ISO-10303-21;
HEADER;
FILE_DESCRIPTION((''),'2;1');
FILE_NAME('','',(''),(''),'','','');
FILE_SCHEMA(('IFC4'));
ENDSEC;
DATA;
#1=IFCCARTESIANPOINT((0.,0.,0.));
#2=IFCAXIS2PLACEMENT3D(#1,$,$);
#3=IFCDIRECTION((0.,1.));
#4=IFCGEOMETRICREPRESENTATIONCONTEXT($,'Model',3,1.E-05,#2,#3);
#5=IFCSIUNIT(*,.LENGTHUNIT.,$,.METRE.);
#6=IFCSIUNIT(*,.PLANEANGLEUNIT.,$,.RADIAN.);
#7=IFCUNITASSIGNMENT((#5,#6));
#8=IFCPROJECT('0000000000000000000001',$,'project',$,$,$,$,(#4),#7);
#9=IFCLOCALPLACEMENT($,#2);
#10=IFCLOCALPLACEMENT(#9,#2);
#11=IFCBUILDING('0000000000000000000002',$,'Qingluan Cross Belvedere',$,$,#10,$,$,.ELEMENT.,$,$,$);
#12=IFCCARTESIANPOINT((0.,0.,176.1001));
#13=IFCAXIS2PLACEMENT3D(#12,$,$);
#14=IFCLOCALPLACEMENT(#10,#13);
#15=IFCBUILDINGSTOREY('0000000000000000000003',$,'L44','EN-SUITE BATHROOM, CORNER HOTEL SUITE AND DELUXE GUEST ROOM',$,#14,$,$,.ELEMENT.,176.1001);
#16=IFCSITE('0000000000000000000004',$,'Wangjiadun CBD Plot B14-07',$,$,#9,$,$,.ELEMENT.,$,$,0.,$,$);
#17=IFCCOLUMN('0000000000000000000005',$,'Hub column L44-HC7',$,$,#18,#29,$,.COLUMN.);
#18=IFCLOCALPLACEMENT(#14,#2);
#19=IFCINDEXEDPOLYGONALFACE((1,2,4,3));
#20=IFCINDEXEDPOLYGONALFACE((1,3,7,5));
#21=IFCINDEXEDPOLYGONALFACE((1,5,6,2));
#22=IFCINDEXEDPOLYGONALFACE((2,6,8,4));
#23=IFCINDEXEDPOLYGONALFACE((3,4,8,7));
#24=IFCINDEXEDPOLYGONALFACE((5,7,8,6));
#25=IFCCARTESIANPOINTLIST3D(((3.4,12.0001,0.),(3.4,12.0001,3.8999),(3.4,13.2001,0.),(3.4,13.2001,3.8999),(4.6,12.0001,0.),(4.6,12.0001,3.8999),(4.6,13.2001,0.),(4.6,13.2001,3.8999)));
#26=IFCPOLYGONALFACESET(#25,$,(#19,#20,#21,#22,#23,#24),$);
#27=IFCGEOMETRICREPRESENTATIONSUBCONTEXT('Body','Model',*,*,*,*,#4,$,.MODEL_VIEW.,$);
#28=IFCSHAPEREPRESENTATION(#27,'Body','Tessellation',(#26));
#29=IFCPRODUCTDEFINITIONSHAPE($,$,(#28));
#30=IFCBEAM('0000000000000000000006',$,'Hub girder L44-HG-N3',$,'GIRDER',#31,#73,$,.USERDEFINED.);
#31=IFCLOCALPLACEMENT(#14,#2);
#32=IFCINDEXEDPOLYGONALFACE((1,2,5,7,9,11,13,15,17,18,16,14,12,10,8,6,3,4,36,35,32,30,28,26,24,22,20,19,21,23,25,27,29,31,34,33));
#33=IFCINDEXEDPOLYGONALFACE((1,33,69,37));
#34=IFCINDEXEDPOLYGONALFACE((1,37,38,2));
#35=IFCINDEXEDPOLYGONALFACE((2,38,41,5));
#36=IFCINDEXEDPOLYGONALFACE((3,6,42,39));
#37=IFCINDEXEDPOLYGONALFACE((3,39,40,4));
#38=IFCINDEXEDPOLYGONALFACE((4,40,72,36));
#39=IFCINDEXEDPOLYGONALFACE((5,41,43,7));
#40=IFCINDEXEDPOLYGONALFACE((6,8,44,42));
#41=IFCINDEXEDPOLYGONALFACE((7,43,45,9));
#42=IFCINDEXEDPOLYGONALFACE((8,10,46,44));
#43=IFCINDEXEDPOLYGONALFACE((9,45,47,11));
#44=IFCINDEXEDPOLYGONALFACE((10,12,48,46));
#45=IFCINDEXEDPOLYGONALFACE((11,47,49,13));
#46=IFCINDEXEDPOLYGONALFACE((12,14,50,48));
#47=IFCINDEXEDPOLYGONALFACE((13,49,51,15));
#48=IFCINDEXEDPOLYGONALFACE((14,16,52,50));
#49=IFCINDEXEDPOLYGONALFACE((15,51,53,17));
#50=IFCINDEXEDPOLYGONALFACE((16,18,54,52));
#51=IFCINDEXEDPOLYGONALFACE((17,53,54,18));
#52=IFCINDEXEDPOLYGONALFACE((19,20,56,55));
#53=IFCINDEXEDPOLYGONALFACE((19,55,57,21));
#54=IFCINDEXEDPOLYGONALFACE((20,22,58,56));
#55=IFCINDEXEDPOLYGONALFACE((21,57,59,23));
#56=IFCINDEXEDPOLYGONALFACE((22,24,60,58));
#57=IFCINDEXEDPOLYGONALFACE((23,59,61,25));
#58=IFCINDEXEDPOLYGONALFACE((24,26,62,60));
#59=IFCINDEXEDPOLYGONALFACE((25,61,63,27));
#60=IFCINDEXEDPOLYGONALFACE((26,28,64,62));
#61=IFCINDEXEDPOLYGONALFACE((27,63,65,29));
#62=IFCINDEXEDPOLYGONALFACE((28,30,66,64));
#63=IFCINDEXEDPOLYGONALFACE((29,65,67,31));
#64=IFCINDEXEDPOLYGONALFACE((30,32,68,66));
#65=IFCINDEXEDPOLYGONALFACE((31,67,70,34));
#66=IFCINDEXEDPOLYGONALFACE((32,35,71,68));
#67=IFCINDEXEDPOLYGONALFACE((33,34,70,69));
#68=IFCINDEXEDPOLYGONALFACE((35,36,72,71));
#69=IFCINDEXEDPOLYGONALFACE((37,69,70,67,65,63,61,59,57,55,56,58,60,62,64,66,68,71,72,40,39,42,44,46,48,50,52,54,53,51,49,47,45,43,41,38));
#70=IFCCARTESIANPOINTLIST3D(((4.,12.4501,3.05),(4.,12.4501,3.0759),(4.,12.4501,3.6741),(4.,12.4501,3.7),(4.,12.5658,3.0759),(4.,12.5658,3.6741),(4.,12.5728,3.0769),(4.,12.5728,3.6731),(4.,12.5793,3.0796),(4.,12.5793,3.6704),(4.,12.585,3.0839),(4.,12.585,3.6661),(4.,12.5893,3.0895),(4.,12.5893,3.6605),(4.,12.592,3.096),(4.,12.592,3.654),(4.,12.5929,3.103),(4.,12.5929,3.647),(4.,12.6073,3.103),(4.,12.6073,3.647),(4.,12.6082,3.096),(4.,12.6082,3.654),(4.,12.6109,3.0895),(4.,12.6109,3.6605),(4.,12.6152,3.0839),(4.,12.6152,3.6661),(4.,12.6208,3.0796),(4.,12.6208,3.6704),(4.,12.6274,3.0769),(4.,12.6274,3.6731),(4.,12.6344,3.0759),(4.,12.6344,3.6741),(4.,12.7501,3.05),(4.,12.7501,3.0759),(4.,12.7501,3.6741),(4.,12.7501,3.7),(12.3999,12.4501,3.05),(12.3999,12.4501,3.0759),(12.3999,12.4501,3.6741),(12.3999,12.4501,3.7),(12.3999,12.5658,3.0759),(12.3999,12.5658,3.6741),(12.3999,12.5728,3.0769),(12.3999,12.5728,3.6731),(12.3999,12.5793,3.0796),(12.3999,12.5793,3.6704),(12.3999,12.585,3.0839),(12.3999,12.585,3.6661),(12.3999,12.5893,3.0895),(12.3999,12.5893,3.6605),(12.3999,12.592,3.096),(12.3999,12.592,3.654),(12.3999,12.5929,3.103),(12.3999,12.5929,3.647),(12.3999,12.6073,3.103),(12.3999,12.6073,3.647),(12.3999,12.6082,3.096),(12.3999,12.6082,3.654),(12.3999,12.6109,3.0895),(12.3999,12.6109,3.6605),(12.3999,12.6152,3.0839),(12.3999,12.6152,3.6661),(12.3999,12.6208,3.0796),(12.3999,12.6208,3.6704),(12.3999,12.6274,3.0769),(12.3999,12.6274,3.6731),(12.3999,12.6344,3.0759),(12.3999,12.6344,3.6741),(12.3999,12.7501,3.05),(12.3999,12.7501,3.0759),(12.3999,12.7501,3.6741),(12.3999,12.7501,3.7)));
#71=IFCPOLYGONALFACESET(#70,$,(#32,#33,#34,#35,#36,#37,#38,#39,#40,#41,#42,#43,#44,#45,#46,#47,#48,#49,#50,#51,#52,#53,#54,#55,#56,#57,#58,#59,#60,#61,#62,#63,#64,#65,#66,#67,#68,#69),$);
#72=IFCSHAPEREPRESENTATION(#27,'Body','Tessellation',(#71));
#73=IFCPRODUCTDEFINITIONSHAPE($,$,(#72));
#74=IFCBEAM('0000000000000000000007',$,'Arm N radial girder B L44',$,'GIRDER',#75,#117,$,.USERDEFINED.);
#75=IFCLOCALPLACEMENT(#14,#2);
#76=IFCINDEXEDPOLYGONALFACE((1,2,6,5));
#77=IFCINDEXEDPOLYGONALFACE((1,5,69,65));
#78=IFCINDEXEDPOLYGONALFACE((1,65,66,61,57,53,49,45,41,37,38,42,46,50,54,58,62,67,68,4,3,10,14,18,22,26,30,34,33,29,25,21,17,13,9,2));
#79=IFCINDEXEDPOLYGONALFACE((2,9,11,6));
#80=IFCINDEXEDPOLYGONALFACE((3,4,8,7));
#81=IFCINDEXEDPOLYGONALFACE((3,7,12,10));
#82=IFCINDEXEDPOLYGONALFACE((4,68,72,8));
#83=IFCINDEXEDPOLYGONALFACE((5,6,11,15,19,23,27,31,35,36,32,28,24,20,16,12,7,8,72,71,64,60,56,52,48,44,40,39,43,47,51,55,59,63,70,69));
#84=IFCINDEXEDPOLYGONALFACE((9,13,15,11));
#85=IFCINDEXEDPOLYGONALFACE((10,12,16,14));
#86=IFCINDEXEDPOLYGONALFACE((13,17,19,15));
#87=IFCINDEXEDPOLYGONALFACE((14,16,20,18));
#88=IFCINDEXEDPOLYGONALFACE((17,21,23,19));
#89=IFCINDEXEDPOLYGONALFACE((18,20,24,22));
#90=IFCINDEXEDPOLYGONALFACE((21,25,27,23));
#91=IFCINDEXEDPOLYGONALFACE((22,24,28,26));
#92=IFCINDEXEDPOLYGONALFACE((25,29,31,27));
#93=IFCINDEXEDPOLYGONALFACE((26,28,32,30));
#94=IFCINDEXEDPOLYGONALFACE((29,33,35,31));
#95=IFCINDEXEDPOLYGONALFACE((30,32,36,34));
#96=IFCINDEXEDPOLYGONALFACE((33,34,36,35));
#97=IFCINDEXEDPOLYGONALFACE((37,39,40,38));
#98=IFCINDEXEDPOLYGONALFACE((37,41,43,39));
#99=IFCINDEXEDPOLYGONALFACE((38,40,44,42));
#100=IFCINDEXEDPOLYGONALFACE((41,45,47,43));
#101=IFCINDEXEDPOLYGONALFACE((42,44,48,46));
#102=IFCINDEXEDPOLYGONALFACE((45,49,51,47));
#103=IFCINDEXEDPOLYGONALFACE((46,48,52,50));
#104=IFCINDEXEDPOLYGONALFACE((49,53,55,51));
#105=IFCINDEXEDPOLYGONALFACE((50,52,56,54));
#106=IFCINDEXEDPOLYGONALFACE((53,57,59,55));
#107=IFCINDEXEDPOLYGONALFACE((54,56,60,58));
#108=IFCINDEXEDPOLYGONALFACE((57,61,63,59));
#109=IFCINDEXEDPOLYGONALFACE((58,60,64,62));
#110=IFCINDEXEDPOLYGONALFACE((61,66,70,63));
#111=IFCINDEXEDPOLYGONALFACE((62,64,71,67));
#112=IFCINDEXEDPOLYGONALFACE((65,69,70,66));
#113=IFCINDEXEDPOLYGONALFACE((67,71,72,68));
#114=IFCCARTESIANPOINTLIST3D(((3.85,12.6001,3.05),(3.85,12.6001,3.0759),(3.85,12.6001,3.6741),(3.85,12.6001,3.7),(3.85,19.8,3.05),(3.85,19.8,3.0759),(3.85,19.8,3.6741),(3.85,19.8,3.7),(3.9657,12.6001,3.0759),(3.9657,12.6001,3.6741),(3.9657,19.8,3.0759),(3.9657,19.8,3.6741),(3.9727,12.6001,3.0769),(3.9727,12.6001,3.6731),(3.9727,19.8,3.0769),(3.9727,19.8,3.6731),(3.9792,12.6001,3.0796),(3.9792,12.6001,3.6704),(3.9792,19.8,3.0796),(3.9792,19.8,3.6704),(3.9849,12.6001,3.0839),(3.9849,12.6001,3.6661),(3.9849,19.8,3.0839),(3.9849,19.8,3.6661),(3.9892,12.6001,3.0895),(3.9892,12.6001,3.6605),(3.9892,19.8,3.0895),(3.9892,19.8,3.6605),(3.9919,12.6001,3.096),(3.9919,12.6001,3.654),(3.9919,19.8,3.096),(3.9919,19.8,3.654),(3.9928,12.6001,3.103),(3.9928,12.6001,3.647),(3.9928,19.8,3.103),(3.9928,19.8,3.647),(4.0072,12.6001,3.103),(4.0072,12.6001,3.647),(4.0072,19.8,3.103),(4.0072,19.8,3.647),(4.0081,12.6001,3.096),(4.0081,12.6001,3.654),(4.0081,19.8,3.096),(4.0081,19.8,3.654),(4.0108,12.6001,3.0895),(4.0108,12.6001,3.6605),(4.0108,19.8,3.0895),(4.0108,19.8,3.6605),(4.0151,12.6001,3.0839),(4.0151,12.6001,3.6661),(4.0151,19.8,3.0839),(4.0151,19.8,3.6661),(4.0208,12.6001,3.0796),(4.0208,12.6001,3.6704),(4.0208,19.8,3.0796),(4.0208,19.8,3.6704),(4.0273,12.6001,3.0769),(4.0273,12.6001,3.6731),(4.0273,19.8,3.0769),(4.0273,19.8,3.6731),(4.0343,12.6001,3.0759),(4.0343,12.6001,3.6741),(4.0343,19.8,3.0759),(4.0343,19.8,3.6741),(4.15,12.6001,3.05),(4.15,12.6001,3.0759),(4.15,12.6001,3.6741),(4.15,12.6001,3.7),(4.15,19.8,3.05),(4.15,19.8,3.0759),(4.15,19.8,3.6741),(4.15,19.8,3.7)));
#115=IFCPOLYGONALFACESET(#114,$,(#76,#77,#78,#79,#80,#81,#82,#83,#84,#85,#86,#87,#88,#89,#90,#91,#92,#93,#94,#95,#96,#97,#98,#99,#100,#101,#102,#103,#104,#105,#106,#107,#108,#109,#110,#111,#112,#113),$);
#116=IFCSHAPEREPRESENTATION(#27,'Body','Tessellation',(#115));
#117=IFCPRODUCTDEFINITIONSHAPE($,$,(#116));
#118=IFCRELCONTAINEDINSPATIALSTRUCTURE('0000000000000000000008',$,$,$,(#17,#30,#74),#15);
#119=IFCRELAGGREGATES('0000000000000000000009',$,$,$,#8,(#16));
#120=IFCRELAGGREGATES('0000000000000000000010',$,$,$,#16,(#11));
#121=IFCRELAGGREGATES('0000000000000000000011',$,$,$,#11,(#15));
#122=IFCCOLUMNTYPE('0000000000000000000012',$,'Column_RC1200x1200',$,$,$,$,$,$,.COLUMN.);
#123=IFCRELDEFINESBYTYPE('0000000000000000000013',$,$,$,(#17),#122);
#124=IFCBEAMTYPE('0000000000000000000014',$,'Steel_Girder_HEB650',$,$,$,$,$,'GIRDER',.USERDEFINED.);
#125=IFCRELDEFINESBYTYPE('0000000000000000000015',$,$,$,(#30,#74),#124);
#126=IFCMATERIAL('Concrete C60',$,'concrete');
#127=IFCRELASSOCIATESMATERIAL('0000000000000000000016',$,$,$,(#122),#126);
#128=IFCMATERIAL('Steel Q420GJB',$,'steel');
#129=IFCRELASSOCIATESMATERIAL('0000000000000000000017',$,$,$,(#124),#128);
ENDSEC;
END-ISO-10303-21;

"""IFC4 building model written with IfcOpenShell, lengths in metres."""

from ifc_helpers import new_model, si_unit, direction, frame, origin, origin_2d, place, context, subcontext, project, spatial, rectangle, i_section, extrude, material, material_profile, profile_set, type_object, element, save


model = new_model("IFC4")

# Units and contexts
model_context = context("Model", 3, precision=1e-05, world=origin(), true_north=direction((0.0, 1.0)))
body_context = subcontext(model_context, "Body", "Model", "MODEL_VIEW")
ifc_project = project(units=[si_unit("LENGTHUNIT", "METRE"), si_unit("PLANEANGLEUNIT", "RADIAN")], contexts=[model_context])

# Site, building, storey
site_placement = place(None, origin())
site = spatial("IfcSite", under=ifc_project, at=site_placement, Name="Wangjiadun CBD Plot B14-07", CompositionType="ELEMENT", RefElevation=0.0)
building_placement = place(site_placement, origin())
building = spatial("IfcBuilding", under=site, at=building_placement, Name="Qingluan Cross Belvedere", CompositionType="ELEMENT")
storey_placement = place(building_placement, frame((0.0, 0.0, 176.1001)))
storey = spatial("IfcBuildingStorey", under=building, at=storey_placement, Name="L44", Description="EN-SUITE BATHROOM, CORNER HOTEL SUITE AND DELUXE GUEST ROOM", CompositionType="ELEMENT", Elevation=176.1001)

# Column
ifc_material_1 = material(Name="Concrete C60", Category="concrete")
ifc_material_profile_1 = material_profile(ifc_material_1, rectangle(XDim=1.2, YDim=1.2, at=origin_2d()), Name="RC1200x1200")
ifc_profile_set_1 = profile_set([ifc_material_profile_1], Name="Concrete C60")
column_type = type_object("IfcColumnType", Name="Column_RC1200x1200", PredefinedType="COLUMN", material=ifc_profile_set_1)
column_placement = place(storey_placement, frame((4.0, 12.6001, 0.0), z_axis=(0.0, 0.0, 1.0), x_axis=(1.0, 0.0, 0.0)))
element("IfcColumn", 1, at=column_placement, inside=storey, type_object=column_type, Name="Hub column L44-HC7", PredefinedType="COLUMN", context=body_context, shape_type="SweptSolid", body=[
    extrude(rectangle(XDim=1.2, YDim=1.2, at=origin_2d()), origin(), (0.0, 0.0, 1.0), 3.8999),
])

# Beams
ifc_material_2 = material(Name="Steel Q420GJB", Category="steel")
ifc_material_profile_2 = material_profile(ifc_material_2, i_section(OverallWidth=0.3, OverallDepth=0.6499, WebThickness=0.0144, FlangeThickness=0.0259, FilletRadius=0.0271, at=origin_2d()), Name="HEB650")
ifc_profile_set_2 = profile_set([ifc_material_profile_2], Name="Steel Q420GJB")
beam_type = type_object("IfcBeamType", Name="Steel_Girder_HEB650", ElementType="GIRDER", PredefinedType="USERDEFINED", material=ifc_profile_set_2)
beam_1_placement = place(storey_placement, frame((4.0, 12.6001, 3.375), z_axis=(1.0, 0.0, 0.0), x_axis=(0.0, 1.0, 0.0)))
element("IfcBeam", 2, at=beam_1_placement, inside=storey, type_object=beam_type, Name="Hub girder L44-HG-N3", ObjectType="GIRDER", PredefinedType="USERDEFINED", context=body_context, shape_type="SweptSolid", body=[
    extrude(i_section(OverallWidth=0.3, OverallDepth=0.6499, WebThickness=0.0144, FlangeThickness=0.0259, FilletRadius=0.0271, at=origin_2d()), origin(), (0.0, 0.0, 1.0), 8.3999),
])
beam_2_placement = place(storey_placement, frame((4.0, 12.6001, 3.375), z_axis=(0.0, 1.0, 0.0), x_axis=(-1.0, 0.0, 0.0)))
element("IfcBeam", 3, at=beam_2_placement, inside=storey, type_object=beam_type, Name="Arm N radial girder B L44", ObjectType="GIRDER", PredefinedType="USERDEFINED", context=body_context, shape_type="SweptSolid", body=[
    extrude(i_section(OverallWidth=0.3, OverallDepth=0.6499, WebThickness=0.0144, FlangeThickness=0.0259, FilletRadius=0.0271, at=origin_2d()), origin(), (0.0, 0.0, 1.0), 7.2),
])

save(model, "model.ifc")
